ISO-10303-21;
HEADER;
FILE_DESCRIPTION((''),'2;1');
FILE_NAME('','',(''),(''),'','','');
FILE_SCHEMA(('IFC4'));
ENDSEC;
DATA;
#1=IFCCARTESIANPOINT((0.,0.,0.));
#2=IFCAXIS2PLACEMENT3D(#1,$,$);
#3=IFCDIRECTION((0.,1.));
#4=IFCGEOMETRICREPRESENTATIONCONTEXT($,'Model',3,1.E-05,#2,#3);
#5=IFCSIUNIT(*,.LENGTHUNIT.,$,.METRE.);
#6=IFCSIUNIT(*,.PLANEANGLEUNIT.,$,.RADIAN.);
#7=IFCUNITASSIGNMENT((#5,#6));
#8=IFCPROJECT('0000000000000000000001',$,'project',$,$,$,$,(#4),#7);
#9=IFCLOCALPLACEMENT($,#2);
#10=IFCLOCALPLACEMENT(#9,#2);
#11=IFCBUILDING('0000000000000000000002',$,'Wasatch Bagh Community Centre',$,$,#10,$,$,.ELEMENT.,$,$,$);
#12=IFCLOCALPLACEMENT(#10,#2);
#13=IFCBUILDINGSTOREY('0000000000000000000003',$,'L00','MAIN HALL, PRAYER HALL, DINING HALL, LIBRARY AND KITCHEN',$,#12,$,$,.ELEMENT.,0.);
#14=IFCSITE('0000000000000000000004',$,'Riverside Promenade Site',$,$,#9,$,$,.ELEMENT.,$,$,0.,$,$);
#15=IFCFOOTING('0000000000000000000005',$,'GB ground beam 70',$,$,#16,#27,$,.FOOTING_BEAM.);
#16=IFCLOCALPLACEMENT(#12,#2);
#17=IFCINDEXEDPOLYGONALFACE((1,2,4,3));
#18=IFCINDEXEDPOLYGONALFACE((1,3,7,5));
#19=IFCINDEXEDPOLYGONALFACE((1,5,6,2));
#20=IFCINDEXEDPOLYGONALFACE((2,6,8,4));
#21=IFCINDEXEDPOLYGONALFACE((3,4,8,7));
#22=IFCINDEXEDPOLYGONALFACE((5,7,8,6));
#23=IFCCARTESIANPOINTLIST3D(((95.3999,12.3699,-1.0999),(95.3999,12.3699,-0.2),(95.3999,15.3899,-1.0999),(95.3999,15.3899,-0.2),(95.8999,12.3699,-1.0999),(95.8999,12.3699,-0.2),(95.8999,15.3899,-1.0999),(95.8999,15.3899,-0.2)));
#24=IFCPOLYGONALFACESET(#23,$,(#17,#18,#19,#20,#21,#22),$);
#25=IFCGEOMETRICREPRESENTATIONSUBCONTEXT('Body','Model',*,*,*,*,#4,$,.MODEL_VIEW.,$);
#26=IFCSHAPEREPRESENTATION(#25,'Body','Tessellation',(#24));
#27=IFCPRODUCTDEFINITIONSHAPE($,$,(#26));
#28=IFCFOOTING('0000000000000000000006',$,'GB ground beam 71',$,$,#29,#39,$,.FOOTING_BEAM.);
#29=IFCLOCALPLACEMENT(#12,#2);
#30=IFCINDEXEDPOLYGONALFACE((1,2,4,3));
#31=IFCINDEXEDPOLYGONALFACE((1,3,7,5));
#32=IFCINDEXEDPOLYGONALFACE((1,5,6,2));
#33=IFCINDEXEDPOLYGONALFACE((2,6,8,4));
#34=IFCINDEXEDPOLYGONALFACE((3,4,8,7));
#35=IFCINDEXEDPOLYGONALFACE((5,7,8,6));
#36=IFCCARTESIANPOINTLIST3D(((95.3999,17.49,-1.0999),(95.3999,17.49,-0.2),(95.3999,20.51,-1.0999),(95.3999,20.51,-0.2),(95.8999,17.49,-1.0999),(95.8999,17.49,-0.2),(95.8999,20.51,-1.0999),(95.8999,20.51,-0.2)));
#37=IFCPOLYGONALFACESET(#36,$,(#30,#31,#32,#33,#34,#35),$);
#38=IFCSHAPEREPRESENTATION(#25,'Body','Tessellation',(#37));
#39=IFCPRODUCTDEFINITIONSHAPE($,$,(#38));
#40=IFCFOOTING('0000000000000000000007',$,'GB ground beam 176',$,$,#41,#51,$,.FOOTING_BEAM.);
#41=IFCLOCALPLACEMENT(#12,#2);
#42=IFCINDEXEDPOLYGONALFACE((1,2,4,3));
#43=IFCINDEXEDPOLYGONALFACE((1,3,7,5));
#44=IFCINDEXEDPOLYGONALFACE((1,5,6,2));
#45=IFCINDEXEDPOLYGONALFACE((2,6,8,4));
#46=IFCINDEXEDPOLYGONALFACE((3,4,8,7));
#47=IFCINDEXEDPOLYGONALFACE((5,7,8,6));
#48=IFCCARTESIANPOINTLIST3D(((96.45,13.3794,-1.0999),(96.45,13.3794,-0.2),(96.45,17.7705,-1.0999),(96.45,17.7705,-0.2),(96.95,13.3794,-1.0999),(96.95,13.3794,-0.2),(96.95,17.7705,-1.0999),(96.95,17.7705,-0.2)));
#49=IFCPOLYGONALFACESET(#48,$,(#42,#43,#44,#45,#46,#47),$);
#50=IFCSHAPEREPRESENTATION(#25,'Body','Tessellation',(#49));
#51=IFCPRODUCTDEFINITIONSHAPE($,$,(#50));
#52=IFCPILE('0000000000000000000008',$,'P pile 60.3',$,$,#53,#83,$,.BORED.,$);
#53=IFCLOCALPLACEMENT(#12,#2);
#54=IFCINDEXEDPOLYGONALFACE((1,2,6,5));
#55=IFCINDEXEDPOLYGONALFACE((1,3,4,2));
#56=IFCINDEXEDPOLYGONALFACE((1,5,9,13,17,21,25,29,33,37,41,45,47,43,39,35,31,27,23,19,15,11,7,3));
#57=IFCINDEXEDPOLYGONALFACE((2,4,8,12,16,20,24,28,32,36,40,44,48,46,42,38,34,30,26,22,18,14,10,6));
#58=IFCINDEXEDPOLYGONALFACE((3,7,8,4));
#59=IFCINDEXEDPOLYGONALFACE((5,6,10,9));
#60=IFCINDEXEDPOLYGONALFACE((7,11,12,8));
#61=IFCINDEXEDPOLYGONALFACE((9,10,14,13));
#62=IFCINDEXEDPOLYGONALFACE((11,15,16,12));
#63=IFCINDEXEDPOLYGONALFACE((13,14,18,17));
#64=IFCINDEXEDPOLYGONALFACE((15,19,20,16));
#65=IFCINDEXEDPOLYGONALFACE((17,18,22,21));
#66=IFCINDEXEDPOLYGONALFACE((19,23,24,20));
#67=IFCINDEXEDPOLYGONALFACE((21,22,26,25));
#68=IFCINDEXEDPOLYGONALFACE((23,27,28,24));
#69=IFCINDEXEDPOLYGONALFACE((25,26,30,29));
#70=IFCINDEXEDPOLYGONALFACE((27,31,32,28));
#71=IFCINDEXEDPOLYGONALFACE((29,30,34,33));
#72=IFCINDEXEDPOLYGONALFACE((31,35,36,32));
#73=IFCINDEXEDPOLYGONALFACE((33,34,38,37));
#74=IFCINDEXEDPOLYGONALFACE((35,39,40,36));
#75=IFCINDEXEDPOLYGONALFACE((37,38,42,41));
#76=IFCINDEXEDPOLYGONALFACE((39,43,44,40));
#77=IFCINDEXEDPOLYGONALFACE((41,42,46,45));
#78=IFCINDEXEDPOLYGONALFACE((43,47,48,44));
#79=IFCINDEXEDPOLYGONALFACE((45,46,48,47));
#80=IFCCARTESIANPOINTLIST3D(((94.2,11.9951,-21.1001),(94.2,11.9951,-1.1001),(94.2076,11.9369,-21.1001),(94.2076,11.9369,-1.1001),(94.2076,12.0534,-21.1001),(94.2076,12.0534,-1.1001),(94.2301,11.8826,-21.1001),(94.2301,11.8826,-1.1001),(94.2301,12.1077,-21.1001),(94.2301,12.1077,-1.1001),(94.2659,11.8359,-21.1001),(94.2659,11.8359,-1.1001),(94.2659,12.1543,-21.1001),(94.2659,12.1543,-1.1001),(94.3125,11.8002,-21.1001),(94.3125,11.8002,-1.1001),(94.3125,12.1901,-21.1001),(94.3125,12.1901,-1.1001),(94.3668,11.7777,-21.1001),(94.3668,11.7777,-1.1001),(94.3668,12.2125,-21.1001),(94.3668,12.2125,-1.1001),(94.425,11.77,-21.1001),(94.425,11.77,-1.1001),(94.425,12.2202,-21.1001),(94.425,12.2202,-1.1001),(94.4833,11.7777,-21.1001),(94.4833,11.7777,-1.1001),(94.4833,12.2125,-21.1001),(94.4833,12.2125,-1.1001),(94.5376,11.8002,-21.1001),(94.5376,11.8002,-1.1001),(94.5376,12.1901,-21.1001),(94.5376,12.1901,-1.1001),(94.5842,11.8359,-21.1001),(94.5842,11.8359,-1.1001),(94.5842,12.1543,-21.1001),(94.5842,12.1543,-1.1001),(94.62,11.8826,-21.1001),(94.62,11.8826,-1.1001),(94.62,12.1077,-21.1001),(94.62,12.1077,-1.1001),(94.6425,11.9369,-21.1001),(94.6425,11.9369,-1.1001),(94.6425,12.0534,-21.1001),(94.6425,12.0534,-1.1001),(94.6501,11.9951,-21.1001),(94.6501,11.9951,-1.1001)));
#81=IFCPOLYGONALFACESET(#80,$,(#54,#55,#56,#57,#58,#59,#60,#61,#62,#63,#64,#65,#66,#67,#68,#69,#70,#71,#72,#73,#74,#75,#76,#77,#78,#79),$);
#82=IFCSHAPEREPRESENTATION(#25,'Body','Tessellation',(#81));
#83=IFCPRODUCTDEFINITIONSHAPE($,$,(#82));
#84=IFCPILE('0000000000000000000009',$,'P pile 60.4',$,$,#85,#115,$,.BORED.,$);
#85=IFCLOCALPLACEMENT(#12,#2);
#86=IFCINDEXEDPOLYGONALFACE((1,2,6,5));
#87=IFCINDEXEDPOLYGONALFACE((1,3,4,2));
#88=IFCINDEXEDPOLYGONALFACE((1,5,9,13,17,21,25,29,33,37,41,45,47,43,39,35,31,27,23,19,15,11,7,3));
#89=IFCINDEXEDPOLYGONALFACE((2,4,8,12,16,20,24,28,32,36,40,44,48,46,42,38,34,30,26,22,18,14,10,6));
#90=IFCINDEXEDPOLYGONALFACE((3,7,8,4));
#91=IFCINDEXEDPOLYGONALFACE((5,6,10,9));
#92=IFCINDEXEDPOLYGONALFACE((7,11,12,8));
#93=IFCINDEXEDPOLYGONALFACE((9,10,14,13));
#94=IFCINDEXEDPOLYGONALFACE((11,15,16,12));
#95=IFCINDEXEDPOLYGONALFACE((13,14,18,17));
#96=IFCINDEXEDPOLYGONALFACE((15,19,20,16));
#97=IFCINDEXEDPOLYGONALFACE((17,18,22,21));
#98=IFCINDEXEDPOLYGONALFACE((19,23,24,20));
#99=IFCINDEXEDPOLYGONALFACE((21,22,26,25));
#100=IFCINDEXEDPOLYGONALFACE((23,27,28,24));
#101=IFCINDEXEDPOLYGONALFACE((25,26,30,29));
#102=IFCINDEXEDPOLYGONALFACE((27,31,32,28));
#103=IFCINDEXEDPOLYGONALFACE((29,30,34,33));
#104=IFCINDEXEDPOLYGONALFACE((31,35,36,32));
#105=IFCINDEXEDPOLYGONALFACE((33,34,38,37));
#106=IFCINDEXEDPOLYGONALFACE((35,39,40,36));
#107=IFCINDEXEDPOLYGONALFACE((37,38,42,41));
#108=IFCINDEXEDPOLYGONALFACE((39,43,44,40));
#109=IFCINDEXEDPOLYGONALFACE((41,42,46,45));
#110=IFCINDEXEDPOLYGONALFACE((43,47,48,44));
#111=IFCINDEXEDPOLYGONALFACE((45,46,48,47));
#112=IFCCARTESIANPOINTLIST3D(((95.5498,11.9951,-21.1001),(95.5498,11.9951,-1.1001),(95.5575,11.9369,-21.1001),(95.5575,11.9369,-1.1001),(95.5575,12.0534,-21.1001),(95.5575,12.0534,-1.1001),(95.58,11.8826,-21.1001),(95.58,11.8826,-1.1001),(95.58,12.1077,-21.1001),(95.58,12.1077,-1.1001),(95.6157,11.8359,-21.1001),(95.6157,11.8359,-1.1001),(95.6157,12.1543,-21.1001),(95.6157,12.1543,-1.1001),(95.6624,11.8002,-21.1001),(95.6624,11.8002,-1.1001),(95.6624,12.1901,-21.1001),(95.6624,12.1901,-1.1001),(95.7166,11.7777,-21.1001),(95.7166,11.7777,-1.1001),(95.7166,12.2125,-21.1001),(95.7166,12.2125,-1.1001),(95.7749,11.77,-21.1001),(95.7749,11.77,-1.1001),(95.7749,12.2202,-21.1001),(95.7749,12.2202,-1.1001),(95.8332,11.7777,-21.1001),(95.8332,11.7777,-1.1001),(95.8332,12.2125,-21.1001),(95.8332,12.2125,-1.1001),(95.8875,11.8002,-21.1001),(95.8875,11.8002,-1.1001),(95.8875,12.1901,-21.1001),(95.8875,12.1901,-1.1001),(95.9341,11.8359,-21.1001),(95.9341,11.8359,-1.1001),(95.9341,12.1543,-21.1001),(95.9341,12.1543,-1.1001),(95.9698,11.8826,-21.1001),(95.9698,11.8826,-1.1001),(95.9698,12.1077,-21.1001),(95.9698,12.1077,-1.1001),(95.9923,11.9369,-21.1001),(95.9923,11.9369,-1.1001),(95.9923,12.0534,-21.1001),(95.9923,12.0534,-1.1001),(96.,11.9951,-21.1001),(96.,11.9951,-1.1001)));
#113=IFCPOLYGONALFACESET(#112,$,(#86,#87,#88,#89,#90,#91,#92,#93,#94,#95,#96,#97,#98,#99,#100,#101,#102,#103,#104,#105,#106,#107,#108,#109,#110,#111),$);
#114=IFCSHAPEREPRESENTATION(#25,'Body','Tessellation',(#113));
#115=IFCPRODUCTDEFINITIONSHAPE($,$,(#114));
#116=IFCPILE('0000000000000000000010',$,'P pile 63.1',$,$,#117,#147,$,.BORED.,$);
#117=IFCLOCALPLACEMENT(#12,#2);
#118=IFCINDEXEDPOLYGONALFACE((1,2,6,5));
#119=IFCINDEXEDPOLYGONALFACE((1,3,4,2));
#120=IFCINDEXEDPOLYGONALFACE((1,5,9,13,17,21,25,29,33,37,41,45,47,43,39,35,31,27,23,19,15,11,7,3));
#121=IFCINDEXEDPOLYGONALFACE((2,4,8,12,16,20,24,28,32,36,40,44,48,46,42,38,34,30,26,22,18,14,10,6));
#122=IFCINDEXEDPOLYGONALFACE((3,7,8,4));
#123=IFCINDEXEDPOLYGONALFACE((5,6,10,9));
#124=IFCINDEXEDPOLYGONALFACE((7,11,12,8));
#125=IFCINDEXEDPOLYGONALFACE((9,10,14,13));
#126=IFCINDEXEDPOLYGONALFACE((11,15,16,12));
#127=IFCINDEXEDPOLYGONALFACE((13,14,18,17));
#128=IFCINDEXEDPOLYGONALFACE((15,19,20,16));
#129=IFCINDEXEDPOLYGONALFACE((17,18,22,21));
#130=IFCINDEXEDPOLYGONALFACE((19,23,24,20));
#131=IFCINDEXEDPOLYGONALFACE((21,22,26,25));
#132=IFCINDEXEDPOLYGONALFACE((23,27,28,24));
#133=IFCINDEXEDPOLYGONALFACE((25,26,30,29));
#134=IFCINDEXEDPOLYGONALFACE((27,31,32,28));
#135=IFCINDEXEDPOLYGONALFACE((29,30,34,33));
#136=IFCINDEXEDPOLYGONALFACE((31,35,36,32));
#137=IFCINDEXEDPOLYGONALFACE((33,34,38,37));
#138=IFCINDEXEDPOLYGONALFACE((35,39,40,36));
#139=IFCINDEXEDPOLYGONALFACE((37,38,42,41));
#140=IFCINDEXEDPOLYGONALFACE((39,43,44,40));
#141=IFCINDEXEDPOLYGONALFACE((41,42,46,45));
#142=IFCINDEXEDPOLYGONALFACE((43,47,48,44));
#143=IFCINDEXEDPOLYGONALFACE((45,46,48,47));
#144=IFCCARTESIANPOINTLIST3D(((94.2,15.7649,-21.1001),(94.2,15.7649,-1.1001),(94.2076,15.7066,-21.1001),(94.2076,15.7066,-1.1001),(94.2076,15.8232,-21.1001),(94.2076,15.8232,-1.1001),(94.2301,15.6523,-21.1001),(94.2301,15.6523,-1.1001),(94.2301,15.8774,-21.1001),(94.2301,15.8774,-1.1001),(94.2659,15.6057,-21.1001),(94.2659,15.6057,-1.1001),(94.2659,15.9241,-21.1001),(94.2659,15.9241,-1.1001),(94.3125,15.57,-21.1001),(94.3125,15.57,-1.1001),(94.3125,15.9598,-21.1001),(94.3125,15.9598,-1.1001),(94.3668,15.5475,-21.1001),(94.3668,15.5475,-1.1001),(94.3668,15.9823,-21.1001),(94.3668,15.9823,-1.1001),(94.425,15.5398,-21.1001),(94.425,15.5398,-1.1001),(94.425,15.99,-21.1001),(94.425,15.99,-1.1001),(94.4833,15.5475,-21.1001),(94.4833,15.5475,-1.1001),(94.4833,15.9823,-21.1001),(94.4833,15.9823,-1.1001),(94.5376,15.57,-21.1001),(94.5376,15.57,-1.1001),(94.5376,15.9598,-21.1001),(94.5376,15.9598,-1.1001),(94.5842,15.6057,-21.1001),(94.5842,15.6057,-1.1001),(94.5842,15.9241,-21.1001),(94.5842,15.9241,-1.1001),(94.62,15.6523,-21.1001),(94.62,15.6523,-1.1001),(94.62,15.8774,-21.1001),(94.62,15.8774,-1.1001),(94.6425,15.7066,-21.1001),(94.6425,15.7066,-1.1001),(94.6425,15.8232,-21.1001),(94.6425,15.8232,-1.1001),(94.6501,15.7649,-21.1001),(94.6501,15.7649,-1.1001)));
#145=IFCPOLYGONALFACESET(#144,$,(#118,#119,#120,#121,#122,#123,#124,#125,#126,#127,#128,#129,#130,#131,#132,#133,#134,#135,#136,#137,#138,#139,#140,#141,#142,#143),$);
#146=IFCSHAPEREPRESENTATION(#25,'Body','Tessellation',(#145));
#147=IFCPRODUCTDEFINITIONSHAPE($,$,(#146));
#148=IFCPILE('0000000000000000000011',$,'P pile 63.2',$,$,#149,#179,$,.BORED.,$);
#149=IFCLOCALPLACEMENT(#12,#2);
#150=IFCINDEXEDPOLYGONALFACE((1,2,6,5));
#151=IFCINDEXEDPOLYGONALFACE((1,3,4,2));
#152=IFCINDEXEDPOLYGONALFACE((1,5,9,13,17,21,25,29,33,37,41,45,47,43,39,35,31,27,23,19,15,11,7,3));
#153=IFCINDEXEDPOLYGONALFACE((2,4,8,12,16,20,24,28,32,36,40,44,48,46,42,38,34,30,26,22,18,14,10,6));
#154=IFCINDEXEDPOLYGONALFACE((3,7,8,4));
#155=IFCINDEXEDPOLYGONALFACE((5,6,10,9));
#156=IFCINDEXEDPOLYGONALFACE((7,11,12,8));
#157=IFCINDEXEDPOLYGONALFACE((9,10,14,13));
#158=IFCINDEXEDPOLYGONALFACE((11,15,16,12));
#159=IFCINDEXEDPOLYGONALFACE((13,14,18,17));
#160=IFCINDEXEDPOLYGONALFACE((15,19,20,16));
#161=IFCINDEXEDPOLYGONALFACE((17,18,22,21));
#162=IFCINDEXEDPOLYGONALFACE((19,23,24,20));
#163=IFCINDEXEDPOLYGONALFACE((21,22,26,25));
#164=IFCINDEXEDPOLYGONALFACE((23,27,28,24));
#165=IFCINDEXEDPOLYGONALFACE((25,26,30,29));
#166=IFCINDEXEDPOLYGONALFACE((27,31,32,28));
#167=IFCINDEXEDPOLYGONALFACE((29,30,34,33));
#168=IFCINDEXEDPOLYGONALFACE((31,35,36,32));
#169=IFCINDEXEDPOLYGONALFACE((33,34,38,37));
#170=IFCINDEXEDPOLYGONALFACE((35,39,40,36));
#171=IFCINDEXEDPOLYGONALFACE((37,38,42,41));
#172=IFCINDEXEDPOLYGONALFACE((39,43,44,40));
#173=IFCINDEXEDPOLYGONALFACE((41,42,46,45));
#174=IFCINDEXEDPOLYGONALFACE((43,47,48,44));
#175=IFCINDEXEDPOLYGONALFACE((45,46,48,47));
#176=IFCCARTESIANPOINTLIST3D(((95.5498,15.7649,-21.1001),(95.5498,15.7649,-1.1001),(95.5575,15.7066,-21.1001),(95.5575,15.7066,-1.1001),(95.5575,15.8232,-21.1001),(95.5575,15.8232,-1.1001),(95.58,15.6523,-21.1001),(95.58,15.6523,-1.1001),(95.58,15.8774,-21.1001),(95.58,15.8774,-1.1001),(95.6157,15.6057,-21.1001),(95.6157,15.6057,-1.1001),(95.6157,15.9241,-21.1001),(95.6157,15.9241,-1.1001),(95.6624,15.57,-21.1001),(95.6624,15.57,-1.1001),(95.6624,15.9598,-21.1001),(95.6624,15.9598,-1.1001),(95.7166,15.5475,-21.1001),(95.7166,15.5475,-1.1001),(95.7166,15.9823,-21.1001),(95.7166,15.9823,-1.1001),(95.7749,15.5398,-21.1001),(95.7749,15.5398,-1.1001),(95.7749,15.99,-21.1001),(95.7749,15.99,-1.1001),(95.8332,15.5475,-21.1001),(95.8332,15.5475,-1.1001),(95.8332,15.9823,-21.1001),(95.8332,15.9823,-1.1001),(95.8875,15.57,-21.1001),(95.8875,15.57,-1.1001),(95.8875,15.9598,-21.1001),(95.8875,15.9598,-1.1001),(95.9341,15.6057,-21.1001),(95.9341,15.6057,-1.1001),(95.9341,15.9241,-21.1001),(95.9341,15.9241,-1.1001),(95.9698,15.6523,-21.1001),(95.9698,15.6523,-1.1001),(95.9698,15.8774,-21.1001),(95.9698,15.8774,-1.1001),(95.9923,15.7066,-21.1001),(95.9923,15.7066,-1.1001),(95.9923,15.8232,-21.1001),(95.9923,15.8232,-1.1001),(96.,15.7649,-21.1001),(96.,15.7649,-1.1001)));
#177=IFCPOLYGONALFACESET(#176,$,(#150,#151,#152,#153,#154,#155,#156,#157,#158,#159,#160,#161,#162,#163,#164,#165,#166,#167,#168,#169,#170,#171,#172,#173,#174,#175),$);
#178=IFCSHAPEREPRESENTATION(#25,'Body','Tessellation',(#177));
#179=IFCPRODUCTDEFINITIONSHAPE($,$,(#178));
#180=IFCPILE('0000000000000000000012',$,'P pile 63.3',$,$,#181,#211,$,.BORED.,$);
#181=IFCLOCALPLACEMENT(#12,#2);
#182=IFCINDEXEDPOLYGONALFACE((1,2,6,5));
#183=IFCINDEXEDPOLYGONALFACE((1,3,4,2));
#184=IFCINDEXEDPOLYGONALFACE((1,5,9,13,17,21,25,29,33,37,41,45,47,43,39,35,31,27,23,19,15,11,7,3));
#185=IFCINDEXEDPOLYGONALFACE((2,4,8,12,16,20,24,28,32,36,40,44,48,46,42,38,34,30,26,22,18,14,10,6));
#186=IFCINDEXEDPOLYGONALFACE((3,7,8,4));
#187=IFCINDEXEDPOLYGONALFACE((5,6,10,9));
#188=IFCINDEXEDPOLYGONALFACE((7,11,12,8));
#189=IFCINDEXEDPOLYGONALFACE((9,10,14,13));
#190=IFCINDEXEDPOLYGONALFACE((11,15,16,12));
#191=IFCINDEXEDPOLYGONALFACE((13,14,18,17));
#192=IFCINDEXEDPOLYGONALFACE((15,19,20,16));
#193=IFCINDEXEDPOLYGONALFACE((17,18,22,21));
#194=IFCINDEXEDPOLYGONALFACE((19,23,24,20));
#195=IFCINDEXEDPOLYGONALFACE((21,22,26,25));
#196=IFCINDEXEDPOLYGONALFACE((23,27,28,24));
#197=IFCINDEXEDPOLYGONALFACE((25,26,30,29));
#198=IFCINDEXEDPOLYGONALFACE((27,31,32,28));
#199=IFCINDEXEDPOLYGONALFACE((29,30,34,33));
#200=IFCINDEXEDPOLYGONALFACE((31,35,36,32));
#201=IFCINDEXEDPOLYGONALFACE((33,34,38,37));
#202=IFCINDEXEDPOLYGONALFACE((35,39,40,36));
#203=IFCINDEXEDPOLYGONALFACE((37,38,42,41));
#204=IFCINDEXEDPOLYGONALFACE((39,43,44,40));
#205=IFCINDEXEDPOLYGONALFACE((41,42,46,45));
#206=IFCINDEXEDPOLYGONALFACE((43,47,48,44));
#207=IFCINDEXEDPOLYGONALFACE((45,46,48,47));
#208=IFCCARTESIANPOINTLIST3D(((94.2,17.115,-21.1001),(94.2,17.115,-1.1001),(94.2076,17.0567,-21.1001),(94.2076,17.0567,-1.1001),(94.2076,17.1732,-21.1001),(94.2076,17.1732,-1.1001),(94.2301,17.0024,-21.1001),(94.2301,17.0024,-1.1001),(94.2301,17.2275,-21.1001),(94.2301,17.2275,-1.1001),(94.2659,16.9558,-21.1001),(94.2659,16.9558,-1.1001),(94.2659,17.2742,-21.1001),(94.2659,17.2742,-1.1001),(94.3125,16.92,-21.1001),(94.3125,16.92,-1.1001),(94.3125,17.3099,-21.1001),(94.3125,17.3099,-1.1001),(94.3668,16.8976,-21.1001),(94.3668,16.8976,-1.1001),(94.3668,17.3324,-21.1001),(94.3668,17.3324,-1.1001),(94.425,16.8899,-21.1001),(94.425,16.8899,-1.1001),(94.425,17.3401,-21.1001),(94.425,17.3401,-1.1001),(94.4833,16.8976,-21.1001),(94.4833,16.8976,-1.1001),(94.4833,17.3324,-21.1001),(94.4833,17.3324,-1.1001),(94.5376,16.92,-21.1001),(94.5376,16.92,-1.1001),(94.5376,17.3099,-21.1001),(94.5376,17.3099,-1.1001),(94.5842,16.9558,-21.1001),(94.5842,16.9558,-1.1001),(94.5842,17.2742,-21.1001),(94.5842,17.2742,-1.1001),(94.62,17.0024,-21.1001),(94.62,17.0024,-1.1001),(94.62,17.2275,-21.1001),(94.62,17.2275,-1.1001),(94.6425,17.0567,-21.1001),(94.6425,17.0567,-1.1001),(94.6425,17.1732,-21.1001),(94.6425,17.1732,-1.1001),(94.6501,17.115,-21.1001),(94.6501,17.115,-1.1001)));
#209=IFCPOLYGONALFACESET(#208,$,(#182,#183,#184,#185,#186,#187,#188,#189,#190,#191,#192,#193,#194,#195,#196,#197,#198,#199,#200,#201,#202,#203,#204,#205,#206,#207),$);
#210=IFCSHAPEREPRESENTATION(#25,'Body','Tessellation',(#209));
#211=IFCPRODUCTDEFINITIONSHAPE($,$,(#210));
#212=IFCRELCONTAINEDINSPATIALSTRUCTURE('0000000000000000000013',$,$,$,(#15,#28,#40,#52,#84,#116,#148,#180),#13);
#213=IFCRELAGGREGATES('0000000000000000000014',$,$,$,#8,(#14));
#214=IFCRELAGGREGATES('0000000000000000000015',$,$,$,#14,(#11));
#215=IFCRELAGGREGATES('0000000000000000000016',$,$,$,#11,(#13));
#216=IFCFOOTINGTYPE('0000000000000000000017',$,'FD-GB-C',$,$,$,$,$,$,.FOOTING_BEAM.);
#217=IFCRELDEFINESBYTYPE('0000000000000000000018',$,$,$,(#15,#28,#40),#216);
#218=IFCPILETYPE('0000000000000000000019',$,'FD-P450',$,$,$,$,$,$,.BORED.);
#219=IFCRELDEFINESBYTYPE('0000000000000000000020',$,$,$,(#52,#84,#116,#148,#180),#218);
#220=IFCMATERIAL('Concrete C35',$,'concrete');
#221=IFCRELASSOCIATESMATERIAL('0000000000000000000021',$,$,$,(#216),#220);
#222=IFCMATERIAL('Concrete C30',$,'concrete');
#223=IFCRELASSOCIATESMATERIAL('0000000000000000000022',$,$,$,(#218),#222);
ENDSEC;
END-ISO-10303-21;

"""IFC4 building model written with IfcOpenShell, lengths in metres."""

from ifc_helpers import new_model, si_unit, direction, frame, origin, origin_2d, place, context, subcontext, project, spatial, rectangle, circle, extrude, material, material_profile, profile_set, type_object, element, save


model = new_model("IFC4")

# Units and contexts
model_context = context("Model", 3, precision=1e-05, world=origin(), true_north=direction((0.0, 1.0)))
body_context = subcontext(model_context, "Body", "Model", "MODEL_VIEW")
ifc_project = project(units=[si_unit("LENGTHUNIT", "METRE"), si_unit("PLANEANGLEUNIT", "RADIAN")], contexts=[model_context])

# Site, building, storey
site_placement = place(None, origin())
site = spatial("IfcSite", under=ifc_project, at=site_placement, Name="Riverside Promenade Site", CompositionType="ELEMENT", RefElevation=0.0)
building_placement = place(site_placement, origin())
building = spatial("IfcBuilding", under=site, at=building_placement, Name="Wasatch Bagh Community Centre", CompositionType="ELEMENT")
storey_placement = place(building_placement, origin())
storey = spatial("IfcBuildingStorey", under=building, at=storey_placement, Name="L00", Description="MAIN HALL, PRAYER HALL, DINING HALL, LIBRARY AND KITCHEN", CompositionType="ELEMENT", Elevation=0.0)

# Footings
ifc_material_1 = material(Name="Concrete C35", Category="concrete")
footing_type_1 = type_object("IfcFootingType", Name="FD-GB-C", PredefinedType="FOOTING_BEAM", material=ifc_material_1)
for number, where, z_axis, x_axis, name in (
    (1, (95.6499, 13.8799, -1.0999), (0.0, 0.0, 1.0), (0.0, 1.0, 0.0), "GB ground beam 70"),
    (2, (95.6499, 19.0, -1.0999), (0.0, 0.0, 1.0), (0.0, 1.0, 0.0), "GB ground beam 71"),
):
    element("IfcFooting", number, at=place(storey_placement, frame(where, z_axis=z_axis, x_axis=x_axis)), inside=storey, type_object=footing_type_1, Name=name, PredefinedType="FOOTING_BEAM", context=body_context, shape_type="SweptSolid", body=[
        extrude(rectangle(XDim=3.02, YDim=0.5, at=origin_2d()), origin(), (0.0, 0.0, 1.0), 0.8999),
    ])
footing_placement = place(storey_placement, frame((96.7, 15.575, -1.0999), z_axis=(0.0, 0.0, 1.0), x_axis=(0.0, 1.0, 0.0)))
element("IfcFooting", 3, at=footing_placement, inside=storey, type_object=footing_type_1, Name="GB ground beam 176", PredefinedType="FOOTING_BEAM", context=body_context, shape_type="SweptSolid", body=[
    extrude(rectangle(XDim=4.3911, YDim=0.5, at=origin_2d()), origin(), (0.0, 0.0, 1.0), 0.8999),
])

# Piles
ifc_material_2 = material(Name="Concrete C30", Category="concrete")
ifc_material_profile_1 = material_profile(ifc_material_2, circle(Radius=0.2251, at=origin_2d()), Name="RC D450")
ifc_profile_set_1 = profile_set([ifc_material_profile_1], Name="Concrete C30")
pile_type_1 = type_object("IfcPileType", Name="FD-P450", PredefinedType="BORED", material=ifc_profile_set_1)
for number, where, z_axis, x_axis, name in (
    (4, (94.425, 11.9951, -1.1001), (0.0, 0.0, -1.0), (1.0, 0.0, 0.0), "P pile 60.3"),
    (5, (95.7749, 11.9951, -1.1001), (0.0, 0.0, -1.0), (1.0, 0.0, 0.0), "P pile 60.4"),
    (6, (94.425, 15.7649, -1.1001), (0.0, 0.0, -1.0), (1.0, 0.0, 0.0), "P pile 63.1"),
    (7, (95.7749, 15.7649, -1.1001), (0.0, 0.0, -1.0), (1.0, 0.0, 0.0), "P pile 63.2"),
    (8, (94.425, 17.115, -1.1001), (0.0, 0.0, -1.0), (1.0, 0.0, 0.0), "P pile 63.3"),
):
    element("IfcPile", number, at=place(storey_placement, frame(where, z_axis=z_axis, x_axis=x_axis)), inside=storey, type_object=pile_type_1, Name=name, PredefinedType="BORED", context=body_context, shape_type="SweptSolid", body=[
        extrude(circle(Radius=0.2251, at=origin_2d()), origin(), (0.0, 0.0, 1.0), 20.0),
    ])

save(model, "model.ifc")
